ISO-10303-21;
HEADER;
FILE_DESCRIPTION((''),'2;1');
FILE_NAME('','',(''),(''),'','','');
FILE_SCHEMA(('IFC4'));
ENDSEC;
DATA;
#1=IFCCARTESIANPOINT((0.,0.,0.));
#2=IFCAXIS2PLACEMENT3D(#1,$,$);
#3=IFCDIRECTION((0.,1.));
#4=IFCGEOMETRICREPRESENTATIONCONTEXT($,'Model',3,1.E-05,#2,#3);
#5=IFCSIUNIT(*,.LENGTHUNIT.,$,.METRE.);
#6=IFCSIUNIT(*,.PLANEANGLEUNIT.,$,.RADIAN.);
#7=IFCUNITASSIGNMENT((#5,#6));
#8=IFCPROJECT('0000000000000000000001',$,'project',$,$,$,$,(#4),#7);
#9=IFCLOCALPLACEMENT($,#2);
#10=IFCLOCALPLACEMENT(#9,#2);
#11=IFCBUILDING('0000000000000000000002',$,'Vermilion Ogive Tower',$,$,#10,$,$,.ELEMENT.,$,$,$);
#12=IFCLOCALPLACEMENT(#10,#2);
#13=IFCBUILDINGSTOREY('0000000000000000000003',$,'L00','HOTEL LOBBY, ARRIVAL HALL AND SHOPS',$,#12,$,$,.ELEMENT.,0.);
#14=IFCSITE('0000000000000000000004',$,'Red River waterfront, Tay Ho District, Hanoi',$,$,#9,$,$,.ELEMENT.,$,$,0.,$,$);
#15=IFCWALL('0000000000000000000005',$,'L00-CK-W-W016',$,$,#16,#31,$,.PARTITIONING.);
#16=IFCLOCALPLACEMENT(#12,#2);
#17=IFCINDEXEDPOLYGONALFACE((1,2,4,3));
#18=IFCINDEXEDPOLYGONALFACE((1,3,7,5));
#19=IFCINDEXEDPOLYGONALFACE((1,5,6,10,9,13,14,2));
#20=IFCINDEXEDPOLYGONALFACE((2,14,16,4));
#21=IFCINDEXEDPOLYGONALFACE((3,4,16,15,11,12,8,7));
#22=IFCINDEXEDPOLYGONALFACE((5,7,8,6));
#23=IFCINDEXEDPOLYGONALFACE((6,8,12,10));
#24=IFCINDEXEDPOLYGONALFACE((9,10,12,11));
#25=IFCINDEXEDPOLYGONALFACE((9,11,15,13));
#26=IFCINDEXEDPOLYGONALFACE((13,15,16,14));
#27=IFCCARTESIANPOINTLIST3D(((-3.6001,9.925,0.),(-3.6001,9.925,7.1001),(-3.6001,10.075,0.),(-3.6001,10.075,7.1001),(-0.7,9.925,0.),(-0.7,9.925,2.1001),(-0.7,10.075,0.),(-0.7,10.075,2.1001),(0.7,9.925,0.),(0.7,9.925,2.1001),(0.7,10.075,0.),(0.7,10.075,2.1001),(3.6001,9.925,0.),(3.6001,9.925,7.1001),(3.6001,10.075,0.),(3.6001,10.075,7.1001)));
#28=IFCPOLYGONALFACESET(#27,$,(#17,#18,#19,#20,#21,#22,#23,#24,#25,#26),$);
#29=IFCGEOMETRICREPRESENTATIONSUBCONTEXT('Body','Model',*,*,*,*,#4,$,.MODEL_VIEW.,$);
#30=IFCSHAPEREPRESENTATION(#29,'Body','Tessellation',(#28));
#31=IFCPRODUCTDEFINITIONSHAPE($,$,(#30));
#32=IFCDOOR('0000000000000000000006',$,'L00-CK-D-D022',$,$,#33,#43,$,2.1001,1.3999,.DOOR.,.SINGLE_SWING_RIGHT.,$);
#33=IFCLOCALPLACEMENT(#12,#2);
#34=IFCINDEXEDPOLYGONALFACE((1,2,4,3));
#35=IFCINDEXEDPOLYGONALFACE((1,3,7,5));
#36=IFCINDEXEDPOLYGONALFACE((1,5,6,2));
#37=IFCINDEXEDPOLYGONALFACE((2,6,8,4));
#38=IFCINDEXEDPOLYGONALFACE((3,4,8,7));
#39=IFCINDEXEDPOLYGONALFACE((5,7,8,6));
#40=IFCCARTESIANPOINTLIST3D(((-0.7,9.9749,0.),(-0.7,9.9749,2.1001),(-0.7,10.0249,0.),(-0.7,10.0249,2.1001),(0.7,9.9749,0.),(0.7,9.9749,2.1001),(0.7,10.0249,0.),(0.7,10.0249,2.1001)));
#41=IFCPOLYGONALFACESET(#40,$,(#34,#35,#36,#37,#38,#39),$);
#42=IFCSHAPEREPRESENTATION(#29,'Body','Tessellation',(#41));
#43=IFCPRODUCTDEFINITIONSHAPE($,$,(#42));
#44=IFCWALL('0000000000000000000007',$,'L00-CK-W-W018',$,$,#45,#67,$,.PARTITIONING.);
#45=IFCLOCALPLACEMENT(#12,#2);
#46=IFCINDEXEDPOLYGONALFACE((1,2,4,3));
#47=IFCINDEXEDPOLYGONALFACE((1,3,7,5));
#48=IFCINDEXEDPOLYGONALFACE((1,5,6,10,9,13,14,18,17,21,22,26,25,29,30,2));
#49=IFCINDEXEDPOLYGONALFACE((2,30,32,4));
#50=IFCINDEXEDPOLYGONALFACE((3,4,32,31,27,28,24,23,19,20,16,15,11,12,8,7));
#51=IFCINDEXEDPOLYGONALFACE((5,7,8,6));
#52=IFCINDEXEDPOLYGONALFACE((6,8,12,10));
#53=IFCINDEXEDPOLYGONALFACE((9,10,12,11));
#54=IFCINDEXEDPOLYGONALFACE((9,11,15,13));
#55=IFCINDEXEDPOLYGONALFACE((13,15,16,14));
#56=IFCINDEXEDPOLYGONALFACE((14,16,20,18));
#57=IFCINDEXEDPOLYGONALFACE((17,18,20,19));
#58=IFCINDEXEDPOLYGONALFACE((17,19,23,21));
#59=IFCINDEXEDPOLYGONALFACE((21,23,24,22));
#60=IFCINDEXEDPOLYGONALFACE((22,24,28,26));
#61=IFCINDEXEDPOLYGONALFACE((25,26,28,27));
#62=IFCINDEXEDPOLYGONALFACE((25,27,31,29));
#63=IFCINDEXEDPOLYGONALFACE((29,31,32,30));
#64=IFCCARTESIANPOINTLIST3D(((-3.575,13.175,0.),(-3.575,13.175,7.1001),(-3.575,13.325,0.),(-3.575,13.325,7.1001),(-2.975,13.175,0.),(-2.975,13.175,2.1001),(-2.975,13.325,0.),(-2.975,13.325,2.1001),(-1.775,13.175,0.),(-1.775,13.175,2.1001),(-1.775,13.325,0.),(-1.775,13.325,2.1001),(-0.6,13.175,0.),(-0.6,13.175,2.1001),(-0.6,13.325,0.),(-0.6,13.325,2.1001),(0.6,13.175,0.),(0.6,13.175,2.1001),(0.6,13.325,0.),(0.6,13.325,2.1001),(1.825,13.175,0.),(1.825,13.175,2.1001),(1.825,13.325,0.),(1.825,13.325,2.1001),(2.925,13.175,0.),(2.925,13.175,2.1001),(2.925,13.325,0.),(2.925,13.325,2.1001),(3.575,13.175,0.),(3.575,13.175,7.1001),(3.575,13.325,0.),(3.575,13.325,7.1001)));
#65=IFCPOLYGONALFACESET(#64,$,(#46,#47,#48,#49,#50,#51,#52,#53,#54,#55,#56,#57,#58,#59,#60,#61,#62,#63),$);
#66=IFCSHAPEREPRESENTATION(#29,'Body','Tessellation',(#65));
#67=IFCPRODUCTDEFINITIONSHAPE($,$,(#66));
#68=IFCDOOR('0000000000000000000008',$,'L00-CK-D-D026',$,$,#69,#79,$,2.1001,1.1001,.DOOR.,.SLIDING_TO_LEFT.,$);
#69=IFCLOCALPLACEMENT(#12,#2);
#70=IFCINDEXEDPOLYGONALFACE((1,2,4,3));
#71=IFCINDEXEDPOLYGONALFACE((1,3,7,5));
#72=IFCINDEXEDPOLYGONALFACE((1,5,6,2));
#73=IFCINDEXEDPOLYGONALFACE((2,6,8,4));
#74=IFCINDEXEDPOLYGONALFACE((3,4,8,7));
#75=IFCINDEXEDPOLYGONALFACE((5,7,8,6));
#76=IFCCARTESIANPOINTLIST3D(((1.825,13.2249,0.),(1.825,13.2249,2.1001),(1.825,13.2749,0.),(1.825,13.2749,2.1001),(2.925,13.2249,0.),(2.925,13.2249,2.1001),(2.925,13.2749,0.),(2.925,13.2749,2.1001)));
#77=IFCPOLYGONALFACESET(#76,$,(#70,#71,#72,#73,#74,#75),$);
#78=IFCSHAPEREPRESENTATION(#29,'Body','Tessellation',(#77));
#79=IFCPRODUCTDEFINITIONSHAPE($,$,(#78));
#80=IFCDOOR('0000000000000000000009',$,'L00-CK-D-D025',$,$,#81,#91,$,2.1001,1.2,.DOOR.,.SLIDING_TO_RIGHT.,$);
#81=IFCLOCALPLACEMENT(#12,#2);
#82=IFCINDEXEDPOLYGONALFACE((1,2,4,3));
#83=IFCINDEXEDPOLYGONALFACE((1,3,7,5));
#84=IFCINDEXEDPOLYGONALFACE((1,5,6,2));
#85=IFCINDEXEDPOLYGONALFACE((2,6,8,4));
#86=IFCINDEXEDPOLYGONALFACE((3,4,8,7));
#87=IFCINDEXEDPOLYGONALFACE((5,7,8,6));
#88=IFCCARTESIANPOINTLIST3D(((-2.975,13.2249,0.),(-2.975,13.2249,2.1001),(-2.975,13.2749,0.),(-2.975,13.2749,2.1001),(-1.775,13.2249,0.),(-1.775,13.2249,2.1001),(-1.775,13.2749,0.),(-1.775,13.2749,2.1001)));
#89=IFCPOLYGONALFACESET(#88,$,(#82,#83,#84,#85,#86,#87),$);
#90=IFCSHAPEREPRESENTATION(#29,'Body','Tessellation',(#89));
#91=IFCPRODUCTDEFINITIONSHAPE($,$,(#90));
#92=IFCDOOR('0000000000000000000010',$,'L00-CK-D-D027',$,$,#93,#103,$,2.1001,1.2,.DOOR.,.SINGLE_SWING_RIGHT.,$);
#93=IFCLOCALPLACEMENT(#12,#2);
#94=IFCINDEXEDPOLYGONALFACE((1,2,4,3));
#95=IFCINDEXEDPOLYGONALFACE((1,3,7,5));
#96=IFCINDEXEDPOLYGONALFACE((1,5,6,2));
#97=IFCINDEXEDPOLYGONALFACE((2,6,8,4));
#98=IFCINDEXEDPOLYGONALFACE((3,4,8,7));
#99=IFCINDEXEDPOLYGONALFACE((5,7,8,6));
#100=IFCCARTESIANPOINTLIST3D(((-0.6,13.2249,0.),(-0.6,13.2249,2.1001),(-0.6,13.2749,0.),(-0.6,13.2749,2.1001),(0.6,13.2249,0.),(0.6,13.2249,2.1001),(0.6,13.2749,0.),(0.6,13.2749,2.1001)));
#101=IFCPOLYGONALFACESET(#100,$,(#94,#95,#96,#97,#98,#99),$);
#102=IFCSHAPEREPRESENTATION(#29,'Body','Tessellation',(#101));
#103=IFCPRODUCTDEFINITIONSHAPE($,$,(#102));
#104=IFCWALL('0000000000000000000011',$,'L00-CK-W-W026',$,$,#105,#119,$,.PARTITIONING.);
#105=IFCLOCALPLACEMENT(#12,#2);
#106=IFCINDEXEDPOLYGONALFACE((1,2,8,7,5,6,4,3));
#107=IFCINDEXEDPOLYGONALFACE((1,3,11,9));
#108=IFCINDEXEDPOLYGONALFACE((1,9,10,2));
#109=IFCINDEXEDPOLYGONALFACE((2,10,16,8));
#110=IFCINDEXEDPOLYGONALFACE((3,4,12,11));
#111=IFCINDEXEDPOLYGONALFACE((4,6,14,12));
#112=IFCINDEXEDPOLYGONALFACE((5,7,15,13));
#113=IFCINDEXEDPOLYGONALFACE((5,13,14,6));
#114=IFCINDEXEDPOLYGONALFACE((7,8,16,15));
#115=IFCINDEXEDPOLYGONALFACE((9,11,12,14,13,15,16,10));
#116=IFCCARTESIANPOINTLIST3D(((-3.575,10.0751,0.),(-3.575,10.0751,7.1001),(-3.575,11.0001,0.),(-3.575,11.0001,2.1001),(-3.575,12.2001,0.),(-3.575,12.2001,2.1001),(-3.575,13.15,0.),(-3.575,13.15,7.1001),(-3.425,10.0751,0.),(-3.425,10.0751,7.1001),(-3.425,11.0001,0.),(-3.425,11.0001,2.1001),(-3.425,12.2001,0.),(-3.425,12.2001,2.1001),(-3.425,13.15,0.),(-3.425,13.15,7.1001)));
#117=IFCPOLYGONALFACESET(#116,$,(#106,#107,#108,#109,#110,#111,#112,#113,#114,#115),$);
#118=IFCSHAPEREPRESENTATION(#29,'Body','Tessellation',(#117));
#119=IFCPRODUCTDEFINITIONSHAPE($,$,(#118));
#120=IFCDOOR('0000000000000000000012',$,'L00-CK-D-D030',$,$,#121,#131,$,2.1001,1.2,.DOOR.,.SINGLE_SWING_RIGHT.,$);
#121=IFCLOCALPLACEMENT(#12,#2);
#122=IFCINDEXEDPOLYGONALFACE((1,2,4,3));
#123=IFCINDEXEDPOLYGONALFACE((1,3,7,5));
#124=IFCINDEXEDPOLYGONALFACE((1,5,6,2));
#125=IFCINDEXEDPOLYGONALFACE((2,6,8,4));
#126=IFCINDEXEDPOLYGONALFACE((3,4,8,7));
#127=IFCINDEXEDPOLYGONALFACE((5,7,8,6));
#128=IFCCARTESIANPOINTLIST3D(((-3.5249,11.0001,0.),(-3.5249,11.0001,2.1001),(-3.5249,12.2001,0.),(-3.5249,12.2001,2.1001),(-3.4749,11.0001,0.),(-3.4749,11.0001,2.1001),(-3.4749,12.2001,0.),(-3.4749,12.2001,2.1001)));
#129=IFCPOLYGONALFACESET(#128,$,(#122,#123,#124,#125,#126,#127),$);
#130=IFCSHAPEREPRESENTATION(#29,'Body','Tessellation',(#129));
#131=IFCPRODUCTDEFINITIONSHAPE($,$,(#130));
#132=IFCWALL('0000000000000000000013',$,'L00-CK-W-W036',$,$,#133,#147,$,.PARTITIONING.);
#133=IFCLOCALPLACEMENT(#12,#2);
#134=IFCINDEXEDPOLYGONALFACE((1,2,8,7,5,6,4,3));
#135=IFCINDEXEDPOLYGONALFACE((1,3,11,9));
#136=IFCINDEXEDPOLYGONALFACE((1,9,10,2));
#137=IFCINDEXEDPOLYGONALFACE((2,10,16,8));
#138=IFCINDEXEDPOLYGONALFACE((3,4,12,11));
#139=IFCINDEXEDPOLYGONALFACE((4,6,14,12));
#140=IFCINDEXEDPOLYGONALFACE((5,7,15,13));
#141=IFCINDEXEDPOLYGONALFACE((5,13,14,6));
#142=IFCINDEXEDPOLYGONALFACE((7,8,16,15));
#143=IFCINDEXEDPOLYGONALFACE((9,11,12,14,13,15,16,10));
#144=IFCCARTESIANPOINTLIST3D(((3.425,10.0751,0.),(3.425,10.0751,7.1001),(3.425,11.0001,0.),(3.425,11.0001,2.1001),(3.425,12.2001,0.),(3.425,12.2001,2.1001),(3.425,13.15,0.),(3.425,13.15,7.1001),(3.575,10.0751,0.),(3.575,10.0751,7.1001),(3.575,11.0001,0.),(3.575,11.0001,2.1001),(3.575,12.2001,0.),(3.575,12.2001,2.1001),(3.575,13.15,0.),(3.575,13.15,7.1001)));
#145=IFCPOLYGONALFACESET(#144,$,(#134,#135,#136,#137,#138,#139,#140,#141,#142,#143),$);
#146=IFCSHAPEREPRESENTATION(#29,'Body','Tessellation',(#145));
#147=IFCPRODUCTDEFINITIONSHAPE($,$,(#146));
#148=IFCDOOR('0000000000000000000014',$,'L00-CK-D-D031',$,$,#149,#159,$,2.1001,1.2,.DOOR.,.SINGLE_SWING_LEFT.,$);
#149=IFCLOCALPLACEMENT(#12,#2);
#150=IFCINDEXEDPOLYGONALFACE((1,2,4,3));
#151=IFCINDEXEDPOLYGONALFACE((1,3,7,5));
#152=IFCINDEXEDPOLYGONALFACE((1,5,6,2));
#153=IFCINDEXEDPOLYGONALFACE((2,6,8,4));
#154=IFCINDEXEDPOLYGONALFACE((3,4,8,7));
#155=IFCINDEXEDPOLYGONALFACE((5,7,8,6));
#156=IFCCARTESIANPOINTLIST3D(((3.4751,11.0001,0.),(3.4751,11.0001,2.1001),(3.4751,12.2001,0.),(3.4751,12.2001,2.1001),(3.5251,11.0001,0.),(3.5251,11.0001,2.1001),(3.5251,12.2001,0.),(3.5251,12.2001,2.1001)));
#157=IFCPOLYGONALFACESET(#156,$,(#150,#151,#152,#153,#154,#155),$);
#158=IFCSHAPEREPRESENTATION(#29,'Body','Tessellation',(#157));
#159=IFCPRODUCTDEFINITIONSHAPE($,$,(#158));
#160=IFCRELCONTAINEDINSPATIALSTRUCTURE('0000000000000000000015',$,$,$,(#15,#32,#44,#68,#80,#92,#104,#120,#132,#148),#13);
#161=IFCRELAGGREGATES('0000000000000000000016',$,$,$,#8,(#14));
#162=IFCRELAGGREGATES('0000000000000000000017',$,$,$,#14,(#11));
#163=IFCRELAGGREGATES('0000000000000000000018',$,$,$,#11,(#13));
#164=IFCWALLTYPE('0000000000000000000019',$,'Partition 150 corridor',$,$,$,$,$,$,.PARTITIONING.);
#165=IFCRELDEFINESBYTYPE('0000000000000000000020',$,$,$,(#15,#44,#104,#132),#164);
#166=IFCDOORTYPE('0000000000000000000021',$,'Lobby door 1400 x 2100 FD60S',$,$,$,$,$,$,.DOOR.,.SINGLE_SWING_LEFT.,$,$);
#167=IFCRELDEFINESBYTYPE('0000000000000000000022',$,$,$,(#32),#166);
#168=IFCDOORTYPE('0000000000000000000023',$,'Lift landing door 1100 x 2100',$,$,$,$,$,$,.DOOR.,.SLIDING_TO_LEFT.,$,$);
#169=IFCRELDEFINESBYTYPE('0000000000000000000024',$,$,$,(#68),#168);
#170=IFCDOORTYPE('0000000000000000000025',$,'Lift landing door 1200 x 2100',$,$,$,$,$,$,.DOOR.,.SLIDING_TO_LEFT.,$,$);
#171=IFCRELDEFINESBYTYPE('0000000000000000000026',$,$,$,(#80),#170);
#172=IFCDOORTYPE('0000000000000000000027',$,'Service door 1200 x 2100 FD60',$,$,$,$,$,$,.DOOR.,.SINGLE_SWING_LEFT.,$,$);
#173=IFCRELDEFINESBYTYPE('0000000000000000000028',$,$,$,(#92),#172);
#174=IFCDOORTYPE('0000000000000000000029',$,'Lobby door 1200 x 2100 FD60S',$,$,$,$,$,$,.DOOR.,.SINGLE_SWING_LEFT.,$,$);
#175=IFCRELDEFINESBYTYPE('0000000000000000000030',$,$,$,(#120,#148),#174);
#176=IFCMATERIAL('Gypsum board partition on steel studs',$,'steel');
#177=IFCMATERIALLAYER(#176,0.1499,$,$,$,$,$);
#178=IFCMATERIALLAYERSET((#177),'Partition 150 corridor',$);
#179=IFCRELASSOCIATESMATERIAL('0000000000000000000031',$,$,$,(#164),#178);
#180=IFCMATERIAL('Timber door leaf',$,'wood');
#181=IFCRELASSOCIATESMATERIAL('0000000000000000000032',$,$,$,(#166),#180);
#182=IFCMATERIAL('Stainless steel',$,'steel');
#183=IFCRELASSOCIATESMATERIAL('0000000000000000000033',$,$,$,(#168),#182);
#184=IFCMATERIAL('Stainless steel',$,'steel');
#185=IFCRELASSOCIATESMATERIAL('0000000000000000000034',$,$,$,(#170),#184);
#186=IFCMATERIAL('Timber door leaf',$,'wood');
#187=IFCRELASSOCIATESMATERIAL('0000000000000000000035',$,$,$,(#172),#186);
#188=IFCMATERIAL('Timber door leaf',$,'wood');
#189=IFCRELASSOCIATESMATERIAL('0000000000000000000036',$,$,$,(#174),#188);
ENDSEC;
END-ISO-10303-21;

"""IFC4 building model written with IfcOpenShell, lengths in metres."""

from ifc_helpers import new_model, si_unit, direction, frame, frame_2d, origin, place, context, subcontext, project, spatial, rectangle, extrude, material, layer, layer_set, type_object, element, fill, save


model = new_model("IFC4")

# Units and contexts
model_context = context("Model", 3, precision=1e-05, world=origin(), true_north=direction((0.0, 1.0)))
body_context = subcontext(model_context, "Body", "Model", "MODEL_VIEW")
ifc_project = project(units=[si_unit("LENGTHUNIT", "METRE"), si_unit("PLANEANGLEUNIT", "RADIAN")], contexts=[model_context])

# Site, building, storey
site_placement = place(None, origin())
site = spatial("IfcSite", under=ifc_project, at=site_placement, Name="Red River waterfront, Tay Ho District, Hanoi", CompositionType="ELEMENT", RefElevation=0.0)
building_placement = place(site_placement, origin())
building = spatial("IfcBuilding", under=site, at=building_placement, Name="Vermilion Ogive Tower", CompositionType="ELEMENT")
storey_placement = place(building_placement, origin())
storey = spatial("IfcBuildingStorey", under=building, at=storey_placement, Name="L00", Description="HOTEL LOBBY, ARRIVAL HALL AND SHOPS", CompositionType="ELEMENT", Elevation=0.0)

# Wall, opening, door
ifc_material_1 = material(Name="Gypsum board partition on steel studs", Category="steel")
ifc_layer_1 = layer(ifc_material_1, 0.1499)
ifc_layer_set_1 = layer_set([ifc_layer_1], Name="Partition 150 corridor")
wall_type_1 = type_object("IfcWallType", Name="Partition 150 corridor", PredefinedType="PARTITIONING", material=ifc_layer_set_1)
wall_1_placement = place(storey_placement, frame((-3.6001, 10.0, 0.0), z_axis=(0.0, 0.0, 1.0), x_axis=(1.0, 0.0, 0.0)))
wall_1 = element("IfcWall", 1, at=wall_1_placement, inside=storey, type_object=wall_type_1, Name="L00-CK-W-W016", PredefinedType="PARTITIONING", context=body_context, shape_type="SweptSolid", body=[
    extrude(rectangle(XDim=7.2002, YDim=0.1499, at=frame_2d((3.6001, 0.0))), origin(), (0.0, 0.0, 1.0), 7.1001),
])
opening_1_placement = place(wall_1_placement, frame((2.9001, 0.0, 0.0)))
opening_1 = element("IfcOpeningElement", 2, at=opening_1_placement, cuts=wall_1, PredefinedType="OPENING", context=body_context, shape_type="SweptSolid", body=[
    extrude(rectangle(XDim=1.3999, YDim=2.1001, at=frame_2d((0.7, 1.05))), frame((0.0, 0.085, 0.0), z_axis=(0.0, -1.0, 0.0), x_axis=(1.0, 0.0, 0.0)), (0.0, 0.0, 1.0), 0.1699),
])
ifc_material_2 = material(Name="Timber door leaf", Category="wood")
door_type_1 = type_object("IfcDoorType", Name="Lobby door 1400 x 2100 FD60S", OperationType="SINGLE_SWING_LEFT", PredefinedType="DOOR", material=ifc_material_2)
door_1_placement = place(opening_1_placement, origin())
door_1 = element("IfcDoor", 3, at=door_1_placement, inside=storey, type_object=door_type_1, Name="L00-CK-D-D022", OperationType="SINGLE_SWING_RIGHT", OverallHeight=2.1001, OverallWidth=1.3999, PredefinedType="DOOR", context=body_context, shape_type="SweptSolid", body=[
    extrude(rectangle(XDim=1.3999, YDim=2.1001, at=frame_2d((0.7, 1.05))), frame((0.0, 0.0249, 0.0), z_axis=(0.0, -1.0, 0.0), x_axis=(1.0, 0.0, 0.0)), (0.0, 0.0, 1.0), 0.05),
])
fill(opening_1, door_1)

# Wall, openings, doors
wall_2_placement = place(storey_placement, frame((-3.575, 13.25, 0.0), z_axis=(0.0, 0.0, 1.0), x_axis=(1.0, 0.0, 0.0)))
wall_2 = element("IfcWall", 4, at=wall_2_placement, inside=storey, type_object=wall_type_1, Name="L00-CK-W-W018", PredefinedType="PARTITIONING", context=body_context, shape_type="SweptSolid", body=[
    extrude(rectangle(XDim=7.1499, YDim=0.1499, at=frame_2d((3.575, 0.0))), origin(), (0.0, 0.0, 1.0), 7.1001),
])
opening_2_placement = place(wall_2_placement, frame((0.5999, 0.0, 0.0)))
opening_2 = element("IfcOpeningElement", 5, at=opening_2_placement, cuts=wall_2, PredefinedType="OPENING", context=body_context, shape_type="SweptSolid", body=[
    extrude(rectangle(XDim=1.2, YDim=2.1001, at=frame_2d((0.6001, 1.05))), frame((0.0, 0.085, 0.0), z_axis=(0.0, -1.0, 0.0), x_axis=(1.0, 0.0, 0.0)), (0.0, 0.0, 1.0), 0.1699),
])
opening_3_placement = place(wall_2_placement, frame((5.3999, 0.0, 0.0)))
opening_3 = element("IfcOpeningElement", 6, at=opening_3_placement, cuts=wall_2, PredefinedType="OPENING", context=body_context, shape_type="SweptSolid", body=[
    extrude(rectangle(XDim=1.1001, YDim=2.1001, at=frame_2d((0.55, 1.05))), frame((0.0, 0.085, 0.0), z_axis=(0.0, -1.0, 0.0), x_axis=(1.0, 0.0, 0.0)), (0.0, 0.0, 1.0), 0.1699),
])
opening_4_placement = place(wall_2_placement, frame((2.9749, 0.0, 0.0)))
opening_4 = element("IfcOpeningElement", 7, at=opening_4_placement, cuts=wall_2, PredefinedType="OPENING", context=body_context, shape_type="SweptSolid", body=[
    extrude(rectangle(XDim=1.2, YDim=2.1001, at=frame_2d((0.6001, 1.05))), frame((0.0, 0.085, 0.0), z_axis=(0.0, -1.0, 0.0), x_axis=(1.0, 0.0, 0.0)), (0.0, 0.0, 1.0), 0.1699),
])
ifc_material_3 = material(Name="Stainless steel", Category="steel")
door_type_2 = type_object("IfcDoorType", Name="Lift landing door 1100 x 2100", OperationType="SLIDING_TO_LEFT", PredefinedType="DOOR", material=ifc_material_3)
door_2_placement = place(opening_3_placement, origin())
door_2 = element("IfcDoor", 8, at=door_2_placement, inside=storey, type_object=door_type_2, Name="L00-CK-D-D026", OperationType="SLIDING_TO_LEFT", OverallHeight=2.1001, OverallWidth=1.1001, PredefinedType="DOOR", context=body_context, shape_type="SweptSolid", body=[
    extrude(rectangle(XDim=1.1001, YDim=2.1001, at=frame_2d((0.55, 1.05))), frame((0.0, 0.0249, 0.0), z_axis=(0.0, -1.0, 0.0), x_axis=(1.0, 0.0, 0.0)), (0.0, 0.0, 1.0), 0.05),
])
fill(opening_3, door_2)
ifc_material_4 = material(Name="Stainless steel", Category="steel")
door_type_3 = type_object("IfcDoorType", Name="Lift landing door 1200 x 2100", OperationType="SLIDING_TO_LEFT", PredefinedType="DOOR", material=ifc_material_4)
door_3_placement = place(opening_2_placement, origin())
door_3 = element("IfcDoor", 9, at=door_3_placement, inside=storey, type_object=door_type_3, Name="L00-CK-D-D025", OperationType="SLIDING_TO_RIGHT", OverallHeight=2.1001, OverallWidth=1.2, PredefinedType="DOOR", context=body_context, shape_type="SweptSolid", body=[
    extrude(rectangle(XDim=1.2, YDim=2.1001, at=frame_2d((0.6001, 1.05))), frame((0.0, 0.0249, 0.0), z_axis=(0.0, -1.0, 0.0), x_axis=(1.0, 0.0, 0.0)), (0.0, 0.0, 1.0), 0.05),
])
fill(opening_2, door_3)
ifc_material_5 = material(Name="Timber door leaf", Category="wood")
door_type_4 = type_object("IfcDoorType", Name="Service door 1200 x 2100 FD60", OperationType="SINGLE_SWING_LEFT", PredefinedType="DOOR", material=ifc_material_5)
door_4_placement = place(opening_4_placement, origin())
door_4 = element("IfcDoor", 10, at=door_4_placement, inside=storey, type_object=door_type_4, Name="L00-CK-D-D027", OperationType="SINGLE_SWING_RIGHT", OverallHeight=2.1001, OverallWidth=1.2, PredefinedType="DOOR", context=body_context, shape_type="SweptSolid", body=[
    extrude(rectangle(XDim=1.2, YDim=2.1001, at=frame_2d((0.6001, 1.05))), frame((0.0, 0.0249, 0.0), z_axis=(0.0, -1.0, 0.0), x_axis=(1.0, 0.0, 0.0)), (0.0, 0.0, 1.0), 0.05),
])
fill(opening_4, door_4)

# Walls, openings, doors
wall_3_placement = place(storey_placement, frame((-3.5, 10.075, 0.0), z_axis=(0.0, 0.0, 1.0), x_axis=(0.0, 1.0, 0.0)))
wall_3 = element("IfcWall", 11, at=wall_3_placement, inside=storey, type_object=wall_type_1, Name="L00-CK-W-W026", PredefinedType="PARTITIONING", context=body_context, shape_type="SweptSolid", body=[
    extrude(rectangle(XDim=3.075, YDim=0.1499, at=frame_2d((1.5376, 0.0))), origin(), (0.0, 0.0, 1.0), 7.1001),
])
opening_5_placement = place(wall_3_placement, frame((0.925, 0.0, 0.0)))
opening_5 = element("IfcOpeningElement", 12, at=opening_5_placement, cuts=wall_3, PredefinedType="OPENING", context=body_context, shape_type="SweptSolid", body=[
    extrude(rectangle(XDim=1.2, YDim=2.1001, at=frame_2d((0.6001, 1.05))), frame((0.0, 0.085, 0.0), z_axis=(0.0, -1.0, 0.0), x_axis=(1.0, 0.0, 0.0)), (0.0, 0.0, 1.0), 0.1699),
])
ifc_material_6 = material(Name="Timber door leaf", Category="wood")
door_type_5 = type_object("IfcDoorType", Name="Lobby door 1200 x 2100 FD60S", OperationType="SINGLE_SWING_LEFT", PredefinedType="DOOR", material=ifc_material_6)
door_5_placement = place(opening_5_placement, origin())
door_5 = element("IfcDoor", 13, at=door_5_placement, inside=storey, type_object=door_type_5, Name="L00-CK-D-D030", OperationType="SINGLE_SWING_RIGHT", OverallHeight=2.1001, OverallWidth=1.2, PredefinedType="DOOR", context=body_context, shape_type="SweptSolid", body=[
    extrude(rectangle(XDim=1.2, YDim=2.1001, at=frame_2d((0.6001, 1.05))), frame((0.0, 0.0249, 0.0), z_axis=(0.0, -1.0, 0.0), x_axis=(1.0, 0.0, 0.0)), (0.0, 0.0, 1.0), 0.05),
])
fill(opening_5, door_5)
wall_4_placement = place(storey_placement, frame((3.5, 10.075, 0.0), z_axis=(0.0, 0.0, 1.0), x_axis=(0.0, 1.0, 0.0)))
wall_4 = element("IfcWall", 14, at=wall_4_placement, inside=storey, type_object=wall_type_1, Name="L00-CK-W-W036", PredefinedType="PARTITIONING", context=body_context, shape_type="SweptSolid", body=[
    extrude(rectangle(XDim=3.075, YDim=0.1499, at=frame_2d((1.5376, 0.0))), origin(), (0.0, 0.0, 1.0), 7.1001),
])
opening_6_placement = place(wall_4_placement, frame((0.925, 0.0, 0.0)))
opening_6 = element("IfcOpeningElement", 15, at=opening_6_placement, cuts=wall_4, PredefinedType="OPENING", context=body_context, shape_type="SweptSolid", body=[
    extrude(rectangle(XDim=1.2, YDim=2.1001, at=frame_2d((0.6001, 1.05))), frame((0.0, 0.085, 0.0), z_axis=(0.0, -1.0, 0.0), x_axis=(1.0, 0.0, 0.0)), (0.0, 0.0, 1.0), 0.1699),
])
door_6_placement = place(opening_6_placement, origin())
door_6 = element("IfcDoor", 16, at=door_6_placement, inside=storey, type_object=door_type_5, Name="L00-CK-D-D031", OperationType="SINGLE_SWING_LEFT", OverallHeight=2.1001, OverallWidth=1.2, PredefinedType="DOOR", context=body_context, shape_type="SweptSolid", body=[
    extrude(rectangle(XDim=1.2, YDim=2.1001, at=frame_2d((0.6001, 1.05))), frame((0.0, 0.0249, 0.0), z_axis=(0.0, -1.0, 0.0), x_axis=(1.0, 0.0, 0.0)), (0.0, 0.0, 1.0), 0.05),
])
fill(opening_6, door_6)

save(model, "model.ifc")
